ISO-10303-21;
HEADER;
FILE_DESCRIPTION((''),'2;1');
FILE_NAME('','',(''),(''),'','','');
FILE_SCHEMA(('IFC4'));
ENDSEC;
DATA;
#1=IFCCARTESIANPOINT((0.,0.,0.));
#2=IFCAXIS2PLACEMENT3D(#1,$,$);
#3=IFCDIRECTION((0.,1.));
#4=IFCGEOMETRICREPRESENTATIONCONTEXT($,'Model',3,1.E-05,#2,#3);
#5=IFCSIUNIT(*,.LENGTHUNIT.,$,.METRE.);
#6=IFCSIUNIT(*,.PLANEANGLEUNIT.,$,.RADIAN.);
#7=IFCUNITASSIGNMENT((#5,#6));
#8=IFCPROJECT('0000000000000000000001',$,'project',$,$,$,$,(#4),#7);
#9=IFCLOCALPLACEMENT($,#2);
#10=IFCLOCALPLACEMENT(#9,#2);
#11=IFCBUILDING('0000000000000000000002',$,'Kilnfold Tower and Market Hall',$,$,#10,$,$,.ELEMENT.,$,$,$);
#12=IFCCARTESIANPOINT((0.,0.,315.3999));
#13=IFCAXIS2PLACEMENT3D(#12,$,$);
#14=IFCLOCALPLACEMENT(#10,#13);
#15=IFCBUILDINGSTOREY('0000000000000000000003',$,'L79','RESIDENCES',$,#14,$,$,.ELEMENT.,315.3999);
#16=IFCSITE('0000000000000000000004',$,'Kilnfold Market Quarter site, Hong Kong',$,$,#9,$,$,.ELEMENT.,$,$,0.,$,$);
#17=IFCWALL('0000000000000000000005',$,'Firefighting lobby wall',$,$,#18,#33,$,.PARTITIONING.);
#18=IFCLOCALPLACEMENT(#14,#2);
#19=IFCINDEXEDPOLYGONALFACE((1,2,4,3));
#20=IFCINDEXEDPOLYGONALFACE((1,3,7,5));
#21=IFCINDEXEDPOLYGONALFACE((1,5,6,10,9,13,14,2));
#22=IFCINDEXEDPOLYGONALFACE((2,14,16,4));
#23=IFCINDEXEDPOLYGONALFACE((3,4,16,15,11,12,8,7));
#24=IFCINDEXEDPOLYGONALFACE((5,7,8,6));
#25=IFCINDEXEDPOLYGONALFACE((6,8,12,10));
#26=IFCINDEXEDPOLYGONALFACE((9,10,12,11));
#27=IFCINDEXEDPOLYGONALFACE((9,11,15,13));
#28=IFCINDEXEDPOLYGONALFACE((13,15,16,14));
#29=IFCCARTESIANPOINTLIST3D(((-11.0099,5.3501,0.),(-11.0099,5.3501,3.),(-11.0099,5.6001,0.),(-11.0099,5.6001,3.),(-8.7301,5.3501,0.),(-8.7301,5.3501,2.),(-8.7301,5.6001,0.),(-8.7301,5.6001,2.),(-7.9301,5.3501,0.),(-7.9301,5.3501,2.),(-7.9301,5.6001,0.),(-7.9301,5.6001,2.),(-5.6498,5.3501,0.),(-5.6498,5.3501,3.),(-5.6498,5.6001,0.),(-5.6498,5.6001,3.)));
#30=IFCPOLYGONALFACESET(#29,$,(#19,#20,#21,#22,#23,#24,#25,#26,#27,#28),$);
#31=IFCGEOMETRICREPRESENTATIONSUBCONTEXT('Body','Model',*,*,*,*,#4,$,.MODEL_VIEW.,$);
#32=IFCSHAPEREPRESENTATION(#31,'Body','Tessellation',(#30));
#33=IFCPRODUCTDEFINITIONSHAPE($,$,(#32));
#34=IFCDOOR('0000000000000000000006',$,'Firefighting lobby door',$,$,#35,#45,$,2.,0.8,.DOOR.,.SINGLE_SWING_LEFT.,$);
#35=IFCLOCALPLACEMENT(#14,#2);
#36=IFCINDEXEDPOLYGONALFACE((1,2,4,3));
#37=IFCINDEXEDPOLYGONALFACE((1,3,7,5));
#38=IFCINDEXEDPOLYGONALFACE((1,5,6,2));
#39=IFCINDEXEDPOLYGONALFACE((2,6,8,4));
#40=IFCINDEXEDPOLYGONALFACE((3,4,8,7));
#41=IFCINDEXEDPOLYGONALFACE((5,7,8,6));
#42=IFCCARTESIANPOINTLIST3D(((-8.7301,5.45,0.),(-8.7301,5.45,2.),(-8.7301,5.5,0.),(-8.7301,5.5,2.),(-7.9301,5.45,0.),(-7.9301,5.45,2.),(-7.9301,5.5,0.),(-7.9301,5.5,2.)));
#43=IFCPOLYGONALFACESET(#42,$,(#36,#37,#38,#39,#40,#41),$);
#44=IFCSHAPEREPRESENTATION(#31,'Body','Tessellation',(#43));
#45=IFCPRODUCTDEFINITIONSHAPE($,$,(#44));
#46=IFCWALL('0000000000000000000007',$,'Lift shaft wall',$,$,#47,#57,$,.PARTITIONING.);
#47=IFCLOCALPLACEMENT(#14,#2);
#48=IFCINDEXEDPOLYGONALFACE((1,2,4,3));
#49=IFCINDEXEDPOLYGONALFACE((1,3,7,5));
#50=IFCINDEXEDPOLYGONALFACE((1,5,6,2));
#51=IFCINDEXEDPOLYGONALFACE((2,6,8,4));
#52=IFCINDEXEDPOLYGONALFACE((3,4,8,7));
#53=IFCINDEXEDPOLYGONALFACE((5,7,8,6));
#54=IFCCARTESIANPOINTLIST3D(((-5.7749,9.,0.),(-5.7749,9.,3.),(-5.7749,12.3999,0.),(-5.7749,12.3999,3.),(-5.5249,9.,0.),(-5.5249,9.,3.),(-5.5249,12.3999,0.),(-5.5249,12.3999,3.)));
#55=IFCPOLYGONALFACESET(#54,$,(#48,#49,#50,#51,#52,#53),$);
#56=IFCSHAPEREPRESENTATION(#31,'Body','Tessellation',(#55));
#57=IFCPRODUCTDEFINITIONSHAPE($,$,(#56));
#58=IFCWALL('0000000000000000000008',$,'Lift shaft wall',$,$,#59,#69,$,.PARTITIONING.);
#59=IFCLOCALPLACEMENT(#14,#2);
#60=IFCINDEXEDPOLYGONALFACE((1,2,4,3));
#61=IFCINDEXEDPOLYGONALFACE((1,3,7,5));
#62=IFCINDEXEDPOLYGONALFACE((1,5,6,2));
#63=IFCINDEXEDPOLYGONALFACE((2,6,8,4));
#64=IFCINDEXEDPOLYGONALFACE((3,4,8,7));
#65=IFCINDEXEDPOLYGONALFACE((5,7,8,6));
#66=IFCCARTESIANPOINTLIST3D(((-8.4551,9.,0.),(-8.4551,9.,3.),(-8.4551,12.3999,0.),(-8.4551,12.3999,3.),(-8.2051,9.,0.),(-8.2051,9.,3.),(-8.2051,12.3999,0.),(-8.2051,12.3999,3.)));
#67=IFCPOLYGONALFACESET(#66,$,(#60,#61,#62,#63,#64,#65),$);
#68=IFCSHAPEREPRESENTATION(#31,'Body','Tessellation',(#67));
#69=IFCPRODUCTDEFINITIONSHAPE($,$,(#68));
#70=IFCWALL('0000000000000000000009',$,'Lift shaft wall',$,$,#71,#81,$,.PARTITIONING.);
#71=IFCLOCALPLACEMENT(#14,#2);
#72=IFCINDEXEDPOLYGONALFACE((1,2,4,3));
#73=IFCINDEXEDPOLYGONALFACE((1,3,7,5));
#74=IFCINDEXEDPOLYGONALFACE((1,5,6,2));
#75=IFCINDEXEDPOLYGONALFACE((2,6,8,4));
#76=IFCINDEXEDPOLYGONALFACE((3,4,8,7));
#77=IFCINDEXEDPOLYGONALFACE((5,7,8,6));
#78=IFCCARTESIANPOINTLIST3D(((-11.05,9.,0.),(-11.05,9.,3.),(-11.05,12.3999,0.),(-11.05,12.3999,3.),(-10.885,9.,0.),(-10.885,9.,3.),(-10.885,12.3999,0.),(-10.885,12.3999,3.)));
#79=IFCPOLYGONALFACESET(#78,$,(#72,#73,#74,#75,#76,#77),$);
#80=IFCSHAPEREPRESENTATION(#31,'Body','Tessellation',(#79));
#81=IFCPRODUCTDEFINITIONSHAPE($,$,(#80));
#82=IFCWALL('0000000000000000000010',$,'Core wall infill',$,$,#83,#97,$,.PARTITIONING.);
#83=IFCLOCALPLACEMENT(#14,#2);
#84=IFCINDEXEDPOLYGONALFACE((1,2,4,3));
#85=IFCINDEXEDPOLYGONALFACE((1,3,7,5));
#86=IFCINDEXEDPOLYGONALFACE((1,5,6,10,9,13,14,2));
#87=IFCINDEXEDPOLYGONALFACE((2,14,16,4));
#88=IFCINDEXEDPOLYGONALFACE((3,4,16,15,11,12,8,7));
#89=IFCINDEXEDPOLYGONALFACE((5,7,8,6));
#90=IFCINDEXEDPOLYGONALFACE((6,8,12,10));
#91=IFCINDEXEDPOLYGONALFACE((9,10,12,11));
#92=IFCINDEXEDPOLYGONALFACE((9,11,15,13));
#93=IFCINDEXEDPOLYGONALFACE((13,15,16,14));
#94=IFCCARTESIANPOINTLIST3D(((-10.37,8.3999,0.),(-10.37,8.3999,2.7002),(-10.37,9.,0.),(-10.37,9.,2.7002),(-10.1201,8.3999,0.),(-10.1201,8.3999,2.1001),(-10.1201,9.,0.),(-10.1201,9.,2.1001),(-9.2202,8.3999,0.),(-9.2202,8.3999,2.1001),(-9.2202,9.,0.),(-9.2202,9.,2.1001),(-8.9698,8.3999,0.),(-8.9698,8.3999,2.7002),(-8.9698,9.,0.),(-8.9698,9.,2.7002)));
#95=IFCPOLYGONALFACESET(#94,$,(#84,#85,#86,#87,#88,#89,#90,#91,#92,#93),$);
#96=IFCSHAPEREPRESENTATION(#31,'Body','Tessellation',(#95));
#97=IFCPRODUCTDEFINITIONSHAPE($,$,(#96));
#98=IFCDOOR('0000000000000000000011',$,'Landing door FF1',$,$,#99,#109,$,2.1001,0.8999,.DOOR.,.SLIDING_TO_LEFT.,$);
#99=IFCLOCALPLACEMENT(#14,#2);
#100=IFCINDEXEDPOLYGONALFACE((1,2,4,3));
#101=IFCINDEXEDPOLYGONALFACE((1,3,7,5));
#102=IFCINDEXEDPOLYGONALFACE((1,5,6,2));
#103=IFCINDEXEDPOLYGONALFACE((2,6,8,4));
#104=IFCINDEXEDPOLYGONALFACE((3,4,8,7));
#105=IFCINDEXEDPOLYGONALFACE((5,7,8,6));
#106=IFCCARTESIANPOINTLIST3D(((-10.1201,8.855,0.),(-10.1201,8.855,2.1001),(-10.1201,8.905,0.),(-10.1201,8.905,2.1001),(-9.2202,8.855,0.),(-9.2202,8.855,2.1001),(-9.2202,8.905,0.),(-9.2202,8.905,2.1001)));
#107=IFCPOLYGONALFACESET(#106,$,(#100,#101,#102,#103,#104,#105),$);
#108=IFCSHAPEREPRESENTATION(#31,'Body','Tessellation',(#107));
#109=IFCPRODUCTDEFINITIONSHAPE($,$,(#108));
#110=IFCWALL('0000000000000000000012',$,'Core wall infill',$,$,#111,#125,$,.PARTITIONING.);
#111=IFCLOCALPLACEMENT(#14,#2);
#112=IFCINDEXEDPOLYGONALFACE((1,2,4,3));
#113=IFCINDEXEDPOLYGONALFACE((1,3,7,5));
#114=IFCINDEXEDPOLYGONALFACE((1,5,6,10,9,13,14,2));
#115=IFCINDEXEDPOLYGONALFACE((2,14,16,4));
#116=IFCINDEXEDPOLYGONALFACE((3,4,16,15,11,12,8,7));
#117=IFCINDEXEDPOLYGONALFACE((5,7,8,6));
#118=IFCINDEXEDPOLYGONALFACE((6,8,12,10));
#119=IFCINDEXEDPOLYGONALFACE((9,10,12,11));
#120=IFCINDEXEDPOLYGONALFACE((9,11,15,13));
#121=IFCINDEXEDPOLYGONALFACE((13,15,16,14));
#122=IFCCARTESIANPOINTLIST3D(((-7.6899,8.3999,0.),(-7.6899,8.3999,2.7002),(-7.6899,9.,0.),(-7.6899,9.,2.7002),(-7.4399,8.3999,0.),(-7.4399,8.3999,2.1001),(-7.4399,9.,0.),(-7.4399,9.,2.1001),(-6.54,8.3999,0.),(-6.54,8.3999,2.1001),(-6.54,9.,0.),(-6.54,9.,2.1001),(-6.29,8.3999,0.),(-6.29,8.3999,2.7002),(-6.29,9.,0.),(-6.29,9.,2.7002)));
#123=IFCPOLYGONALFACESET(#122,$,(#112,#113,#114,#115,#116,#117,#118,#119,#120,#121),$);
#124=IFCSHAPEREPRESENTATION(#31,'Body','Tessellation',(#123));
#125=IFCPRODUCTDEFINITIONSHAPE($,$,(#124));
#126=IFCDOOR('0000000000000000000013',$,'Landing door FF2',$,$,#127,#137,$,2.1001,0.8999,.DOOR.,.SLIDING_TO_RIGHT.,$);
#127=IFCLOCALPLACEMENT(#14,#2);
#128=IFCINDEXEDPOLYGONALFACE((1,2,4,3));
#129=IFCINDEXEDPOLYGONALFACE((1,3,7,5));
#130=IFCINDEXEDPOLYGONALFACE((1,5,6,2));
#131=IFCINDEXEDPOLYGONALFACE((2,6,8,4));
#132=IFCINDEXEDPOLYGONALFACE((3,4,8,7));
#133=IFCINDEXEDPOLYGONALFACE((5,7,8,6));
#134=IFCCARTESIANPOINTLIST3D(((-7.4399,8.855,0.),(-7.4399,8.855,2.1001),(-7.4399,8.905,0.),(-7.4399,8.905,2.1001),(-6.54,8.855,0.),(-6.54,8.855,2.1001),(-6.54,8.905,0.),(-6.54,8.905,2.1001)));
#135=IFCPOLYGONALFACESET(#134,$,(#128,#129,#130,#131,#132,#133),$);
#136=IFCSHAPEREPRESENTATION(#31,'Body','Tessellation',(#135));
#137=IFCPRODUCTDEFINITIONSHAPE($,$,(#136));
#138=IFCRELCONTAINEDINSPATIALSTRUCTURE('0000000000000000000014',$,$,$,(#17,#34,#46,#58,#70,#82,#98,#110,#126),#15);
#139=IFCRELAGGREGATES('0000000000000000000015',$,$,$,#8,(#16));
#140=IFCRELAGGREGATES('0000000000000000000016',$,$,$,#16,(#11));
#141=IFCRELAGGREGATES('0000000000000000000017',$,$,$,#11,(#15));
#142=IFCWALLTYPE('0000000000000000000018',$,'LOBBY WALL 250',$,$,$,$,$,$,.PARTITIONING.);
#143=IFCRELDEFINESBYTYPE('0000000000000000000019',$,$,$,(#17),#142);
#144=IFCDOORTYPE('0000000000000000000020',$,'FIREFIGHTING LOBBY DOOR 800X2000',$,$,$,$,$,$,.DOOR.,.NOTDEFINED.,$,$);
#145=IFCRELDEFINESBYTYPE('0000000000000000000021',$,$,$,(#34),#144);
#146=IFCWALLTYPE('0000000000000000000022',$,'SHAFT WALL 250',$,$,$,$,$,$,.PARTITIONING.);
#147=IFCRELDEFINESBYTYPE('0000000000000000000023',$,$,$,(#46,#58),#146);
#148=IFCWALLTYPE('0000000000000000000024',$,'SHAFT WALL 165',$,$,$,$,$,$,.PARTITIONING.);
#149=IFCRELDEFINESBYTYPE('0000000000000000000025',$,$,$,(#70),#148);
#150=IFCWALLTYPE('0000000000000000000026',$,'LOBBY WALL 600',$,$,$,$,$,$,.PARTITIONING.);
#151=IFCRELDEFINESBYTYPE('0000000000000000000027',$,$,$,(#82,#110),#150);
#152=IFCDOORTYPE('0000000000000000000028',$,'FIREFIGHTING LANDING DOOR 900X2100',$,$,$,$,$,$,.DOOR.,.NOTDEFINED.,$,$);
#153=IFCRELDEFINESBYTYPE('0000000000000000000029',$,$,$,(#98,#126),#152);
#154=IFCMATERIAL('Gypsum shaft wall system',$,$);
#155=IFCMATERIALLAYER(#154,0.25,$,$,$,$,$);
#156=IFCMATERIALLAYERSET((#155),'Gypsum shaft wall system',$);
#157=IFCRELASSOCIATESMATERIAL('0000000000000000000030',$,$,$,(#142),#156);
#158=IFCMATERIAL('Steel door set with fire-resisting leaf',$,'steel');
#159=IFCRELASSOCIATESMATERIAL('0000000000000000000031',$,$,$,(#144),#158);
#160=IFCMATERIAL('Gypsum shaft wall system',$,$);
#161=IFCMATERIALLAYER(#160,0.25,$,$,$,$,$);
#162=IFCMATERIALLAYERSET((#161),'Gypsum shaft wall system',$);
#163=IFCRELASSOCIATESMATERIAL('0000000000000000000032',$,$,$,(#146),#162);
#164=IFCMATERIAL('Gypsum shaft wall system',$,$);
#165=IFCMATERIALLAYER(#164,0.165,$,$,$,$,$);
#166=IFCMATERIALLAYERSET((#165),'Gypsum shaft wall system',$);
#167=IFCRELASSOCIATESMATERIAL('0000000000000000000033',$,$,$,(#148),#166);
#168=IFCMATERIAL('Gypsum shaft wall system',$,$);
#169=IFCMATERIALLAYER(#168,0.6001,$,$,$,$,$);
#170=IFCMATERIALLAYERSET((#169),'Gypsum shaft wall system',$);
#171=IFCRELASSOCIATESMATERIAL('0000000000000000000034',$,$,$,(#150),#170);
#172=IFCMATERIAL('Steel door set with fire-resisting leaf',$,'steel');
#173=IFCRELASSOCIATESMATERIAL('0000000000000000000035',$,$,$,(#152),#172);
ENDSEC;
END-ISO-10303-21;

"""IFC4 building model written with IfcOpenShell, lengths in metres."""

from ifc_helpers import new_model, si_unit, direction, frame, frame_2d, origin, place, context, subcontext, project, spatial, rectangle, extrude, source, transform, mapped, material, layer, layer_set, type_object, element, fill, save


model = new_model("IFC4")

# Units and contexts
model_context = context("Model", 3, precision=1e-05, world=origin(), true_north=direction((0.0, 1.0)))
body_context = subcontext(model_context, "Body", "Model", "MODEL_VIEW")
ifc_project = project(units=[si_unit("LENGTHUNIT", "METRE"), si_unit("PLANEANGLEUNIT", "RADIAN")], contexts=[model_context])

# Site, building, storey
site_placement = place(None, origin())
site = spatial("IfcSite", under=ifc_project, at=site_placement, Name="Kilnfold Market Quarter site, Hong Kong", CompositionType="ELEMENT", RefElevation=0.0)
building_placement = place(site_placement, origin())
building = spatial("IfcBuilding", under=site, at=building_placement, Name="Kilnfold Tower and Market Hall", CompositionType="ELEMENT")
storey_placement = place(building_placement, frame((0.0, 0.0, 315.3999)))
storey = spatial("IfcBuildingStorey", under=building, at=storey_placement, Name="L79", Description="RESIDENCES", CompositionType="ELEMENT", Elevation=315.3999)

# Shared definitions
ifc_material_1 = material(Name="Gypsum shaft wall system")
ifc_layer_1 = layer(ifc_material_1, 0.25)
ifc_layer_set_1 = layer_set([ifc_layer_1], Name="Gypsum shaft wall system")
wall_type_1 = type_object("IfcWallType", Name="LOBBY WALL 250", PredefinedType="PARTITIONING", material=ifc_layer_set_1)

# Wall, opening, door
shared_shape_1 = source(origin(), body_context, "Body", "SweptSolid", [
    extrude(rectangle(XDim=5.3601, YDim=0.25, at=frame_2d((2.6802, 0.0))), origin(), (0.0, 0.0, 1.0), 3.0),
])
wall_1_placement = place(storey_placement, frame((-11.01, 5.4751, 0.0), z_axis=(0.0, 0.0, 1.0), x_axis=(1.0, 0.0, 0.0)))
wall_1 = element("IfcWall", 1, at=wall_1_placement, inside=storey, type_object=wall_type_1, Name="Firefighting lobby wall", PredefinedType="PARTITIONING", context=body_context, shape_type="MappedRepresentation", body=[
    mapped(shared_shape_1, transform((0.0, 0.0, 0.0))),
])
opening_1_placement = place(wall_1_placement, frame((2.28, 0.0, 0.0)))
opening_1 = element("IfcOpeningElement", 2, at=opening_1_placement, cuts=wall_1, PredefinedType="OPENING", context=body_context, shape_type="SweptSolid", body=[
    extrude(rectangle(XDim=0.8, YDim=2.0, at=frame_2d((0.3999, 1.0))), frame((0.0, 0.135, 0.0), z_axis=(0.0, -1.0, 0.0), x_axis=(1.0, 0.0, 0.0)), (0.0, 0.0, 1.0), 0.27),
])
ifc_material_2 = material(Name="Steel door set with fire-resisting leaf", Category="steel")
door_type_1 = type_object("IfcDoorType", Name="FIREFIGHTING LOBBY DOOR 800X2000", OperationType="NOTDEFINED", PredefinedType="DOOR", material=ifc_material_2)
door_1_placement = place(opening_1_placement, origin())
door_1 = element("IfcDoor", 3, at=door_1_placement, inside=storey, type_object=door_type_1, Name="Firefighting lobby door", OperationType="SINGLE_SWING_LEFT", OverallHeight=2.0, OverallWidth=0.8, PredefinedType="DOOR", context=body_context, shape_type="SweptSolid", body=[
    extrude(rectangle(XDim=0.8, YDim=2.0, at=frame_2d((0.3999, 1.0))), frame((0.0, 0.0249, 0.0), z_axis=(0.0, -1.0, 0.0), x_axis=(1.0, 0.0, 0.0)), (0.0, 0.0, 1.0), 0.05),
])
fill(opening_1, door_1)

# Walls
ifc_material_3 = material(Name="Gypsum shaft wall system")
ifc_layer_2 = layer(ifc_material_3, 0.25)
ifc_layer_set_2 = layer_set([ifc_layer_2], Name="Gypsum shaft wall system")
wall_type_2 = type_object("IfcWallType", Name="SHAFT WALL 250", PredefinedType="PARTITIONING", material=ifc_layer_set_2)
shared_shape_2 = source(origin(), body_context, "Body", "SweptSolid", [
    extrude(rectangle(XDim=3.3999, YDim=0.25, at=frame_2d((1.7, 0.0))), origin(), (0.0, 0.0, 1.0), 3.0),
])
for number, where, z_axis, x_axis, name in (
    (4, (-5.6499, 9.0, 0.0), (0.0, 0.0, 1.0), (0.0, 1.0, 0.0), "Lift shaft wall"),
    (5, (-8.3301, 9.0, 0.0), (0.0, 0.0, 1.0), (0.0, 1.0, 0.0), "Lift shaft wall"),
):
    element("IfcWall", number, at=place(storey_placement, frame(where, z_axis=z_axis, x_axis=x_axis)), inside=storey, type_object=wall_type_2, Name=name, PredefinedType="PARTITIONING", context=body_context, shape_type="MappedRepresentation", body=[
        mapped(shared_shape_2, transform((0.0, 0.0, 0.0))),
    ])
ifc_material_4 = material(Name="Gypsum shaft wall system")
ifc_layer_3 = layer(ifc_material_4, 0.165)
ifc_layer_set_3 = layer_set([ifc_layer_3], Name="Gypsum shaft wall system")
wall_type_3 = type_object("IfcWallType", Name="SHAFT WALL 165", PredefinedType="PARTITIONING", material=ifc_layer_set_3)
shared_shape_3 = source(origin(), body_context, "Body", "SweptSolid", [
    extrude(rectangle(XDim=3.3999, YDim=0.165, at=frame_2d((1.7, 0.0))), origin(), (0.0, 0.0, 1.0), 3.0),
])
wall_2_placement = place(storey_placement, frame((-10.9675, 9.0, 0.0), z_axis=(0.0, 0.0, 1.0), x_axis=(0.0, 1.0, 0.0)))
element("IfcWall", 6, at=wall_2_placement, inside=storey, type_object=wall_type_3, Name="Lift shaft wall", PredefinedType="PARTITIONING", context=body_context, shape_type="MappedRepresentation", body=[
    mapped(shared_shape_3, transform((0.0, 0.0, 0.0))),
])

# Walls, openings, doors
ifc_material_5 = material(Name="Gypsum shaft wall system")
ifc_layer_4 = layer(ifc_material_5, 0.6001)
ifc_layer_set_4 = layer_set([ifc_layer_4], Name="Gypsum shaft wall system")
wall_type_4 = type_object("IfcWallType", Name="LOBBY WALL 600", PredefinedType="PARTITIONING", material=ifc_layer_set_4)
shared_shape_4 = source(origin(), body_context, "Body", "SweptSolid", [
    extrude(rectangle(XDim=1.4001, YDim=0.6001, at=frame_2d((0.7002, 0.0))), origin(), (0.0, 0.0, 1.0), 2.7002),
])
wall_3_placement = place(storey_placement, frame((-10.3701, 8.7, 0.0), z_axis=(0.0, 0.0, 1.0), x_axis=(1.0, 0.0, 0.0)))
wall_3 = element("IfcWall", 7, at=wall_3_placement, inside=storey, type_object=wall_type_4, Name="Core wall infill", PredefinedType="PARTITIONING", context=body_context, shape_type="MappedRepresentation", body=[
    mapped(shared_shape_4, transform((0.0, 0.0, 0.0))),
])
opening_2_placement = place(wall_3_placement, frame((0.25, 0.0, 0.0)))
opening_2 = element("IfcOpeningElement", 8, at=opening_2_placement, cuts=wall_3, PredefinedType="OPENING", context=body_context, shape_type="SweptSolid", body=[
    extrude(rectangle(XDim=0.8999, YDim=2.1001, at=frame_2d((0.45, 1.05))), frame((0.0, 0.3101, 0.0), z_axis=(0.0, -1.0, 0.0), x_axis=(1.0, 0.0, 0.0)), (0.0, 0.0, 1.0), 0.6201),
])
ifc_material_6 = material(Name="Steel door set with fire-resisting leaf", Category="steel")
door_type_2 = type_object("IfcDoorType", Name="FIREFIGHTING LANDING DOOR 900X2100", OperationType="NOTDEFINED", PredefinedType="DOOR", material=ifc_material_6)
door_2_placement = place(opening_2_placement, origin())
door_2 = element("IfcDoor", 9, at=door_2_placement, inside=storey, type_object=door_type_2, Name="Landing door FF1", OperationType="SLIDING_TO_LEFT", OverallHeight=2.1001, OverallWidth=0.8999, PredefinedType="DOOR", context=body_context, shape_type="SweptSolid", body=[
    extrude(rectangle(XDim=0.8999, YDim=2.1001, at=frame_2d((0.45, 1.05))), frame((0.0, 0.2051, 0.0), z_axis=(0.0, -1.0, 0.0), x_axis=(1.0, 0.0, 0.0)), (0.0, 0.0, 1.0), 0.05),
])
fill(opening_2, door_2)
shared_shape_5 = source(origin(), body_context, "Body", "SweptSolid", [
    extrude(rectangle(XDim=1.3999, YDim=0.6001, at=frame_2d((0.7, 0.0))), origin(), (0.0, 0.0, 1.0), 2.7002),
])
wall_4_placement = place(storey_placement, frame((-7.6899, 8.7, 0.0), z_axis=(0.0, 0.0, 1.0), x_axis=(1.0, 0.0, 0.0)))
wall_4 = element("IfcWall", 10, at=wall_4_placement, inside=storey, type_object=wall_type_4, Name="Core wall infill", PredefinedType="PARTITIONING", context=body_context, shape_type="MappedRepresentation", body=[
    mapped(shared_shape_5, transform((0.0, 0.0, 0.0))),
])
opening_3_placement = place(wall_4_placement, frame((0.25, 0.0, 0.0)))
opening_3 = element("IfcOpeningElement", 11, at=opening_3_placement, cuts=wall_4, PredefinedType="OPENING", context=body_context, shape_type="SweptSolid", body=[
    extrude(rectangle(XDim=0.8999, YDim=2.1001, at=frame_2d((0.45, 1.05))), frame((0.0, 0.3101, 0.0), z_axis=(0.0, -1.0, 0.0), x_axis=(1.0, 0.0, 0.0)), (0.0, 0.0, 1.0), 0.6201),
])
door_3_placement = place(opening_3_placement, origin())
door_3 = element("IfcDoor", 12, at=door_3_placement, inside=storey, type_object=door_type_2, Name="Landing door FF2", OperationType="SLIDING_TO_RIGHT", OverallHeight=2.1001, OverallWidth=0.8999, PredefinedType="DOOR", context=body_context, shape_type="SweptSolid", body=[
    extrude(rectangle(XDim=0.8999, YDim=2.1001, at=frame_2d((0.45, 1.05))), frame((0.0, 0.2051, 0.0), z_axis=(0.0, -1.0, 0.0), x_axis=(1.0, 0.0, 0.0)), (0.0, 0.0, 1.0), 0.05),
])
fill(opening_3, door_3)

save(model, "model.ifc")
